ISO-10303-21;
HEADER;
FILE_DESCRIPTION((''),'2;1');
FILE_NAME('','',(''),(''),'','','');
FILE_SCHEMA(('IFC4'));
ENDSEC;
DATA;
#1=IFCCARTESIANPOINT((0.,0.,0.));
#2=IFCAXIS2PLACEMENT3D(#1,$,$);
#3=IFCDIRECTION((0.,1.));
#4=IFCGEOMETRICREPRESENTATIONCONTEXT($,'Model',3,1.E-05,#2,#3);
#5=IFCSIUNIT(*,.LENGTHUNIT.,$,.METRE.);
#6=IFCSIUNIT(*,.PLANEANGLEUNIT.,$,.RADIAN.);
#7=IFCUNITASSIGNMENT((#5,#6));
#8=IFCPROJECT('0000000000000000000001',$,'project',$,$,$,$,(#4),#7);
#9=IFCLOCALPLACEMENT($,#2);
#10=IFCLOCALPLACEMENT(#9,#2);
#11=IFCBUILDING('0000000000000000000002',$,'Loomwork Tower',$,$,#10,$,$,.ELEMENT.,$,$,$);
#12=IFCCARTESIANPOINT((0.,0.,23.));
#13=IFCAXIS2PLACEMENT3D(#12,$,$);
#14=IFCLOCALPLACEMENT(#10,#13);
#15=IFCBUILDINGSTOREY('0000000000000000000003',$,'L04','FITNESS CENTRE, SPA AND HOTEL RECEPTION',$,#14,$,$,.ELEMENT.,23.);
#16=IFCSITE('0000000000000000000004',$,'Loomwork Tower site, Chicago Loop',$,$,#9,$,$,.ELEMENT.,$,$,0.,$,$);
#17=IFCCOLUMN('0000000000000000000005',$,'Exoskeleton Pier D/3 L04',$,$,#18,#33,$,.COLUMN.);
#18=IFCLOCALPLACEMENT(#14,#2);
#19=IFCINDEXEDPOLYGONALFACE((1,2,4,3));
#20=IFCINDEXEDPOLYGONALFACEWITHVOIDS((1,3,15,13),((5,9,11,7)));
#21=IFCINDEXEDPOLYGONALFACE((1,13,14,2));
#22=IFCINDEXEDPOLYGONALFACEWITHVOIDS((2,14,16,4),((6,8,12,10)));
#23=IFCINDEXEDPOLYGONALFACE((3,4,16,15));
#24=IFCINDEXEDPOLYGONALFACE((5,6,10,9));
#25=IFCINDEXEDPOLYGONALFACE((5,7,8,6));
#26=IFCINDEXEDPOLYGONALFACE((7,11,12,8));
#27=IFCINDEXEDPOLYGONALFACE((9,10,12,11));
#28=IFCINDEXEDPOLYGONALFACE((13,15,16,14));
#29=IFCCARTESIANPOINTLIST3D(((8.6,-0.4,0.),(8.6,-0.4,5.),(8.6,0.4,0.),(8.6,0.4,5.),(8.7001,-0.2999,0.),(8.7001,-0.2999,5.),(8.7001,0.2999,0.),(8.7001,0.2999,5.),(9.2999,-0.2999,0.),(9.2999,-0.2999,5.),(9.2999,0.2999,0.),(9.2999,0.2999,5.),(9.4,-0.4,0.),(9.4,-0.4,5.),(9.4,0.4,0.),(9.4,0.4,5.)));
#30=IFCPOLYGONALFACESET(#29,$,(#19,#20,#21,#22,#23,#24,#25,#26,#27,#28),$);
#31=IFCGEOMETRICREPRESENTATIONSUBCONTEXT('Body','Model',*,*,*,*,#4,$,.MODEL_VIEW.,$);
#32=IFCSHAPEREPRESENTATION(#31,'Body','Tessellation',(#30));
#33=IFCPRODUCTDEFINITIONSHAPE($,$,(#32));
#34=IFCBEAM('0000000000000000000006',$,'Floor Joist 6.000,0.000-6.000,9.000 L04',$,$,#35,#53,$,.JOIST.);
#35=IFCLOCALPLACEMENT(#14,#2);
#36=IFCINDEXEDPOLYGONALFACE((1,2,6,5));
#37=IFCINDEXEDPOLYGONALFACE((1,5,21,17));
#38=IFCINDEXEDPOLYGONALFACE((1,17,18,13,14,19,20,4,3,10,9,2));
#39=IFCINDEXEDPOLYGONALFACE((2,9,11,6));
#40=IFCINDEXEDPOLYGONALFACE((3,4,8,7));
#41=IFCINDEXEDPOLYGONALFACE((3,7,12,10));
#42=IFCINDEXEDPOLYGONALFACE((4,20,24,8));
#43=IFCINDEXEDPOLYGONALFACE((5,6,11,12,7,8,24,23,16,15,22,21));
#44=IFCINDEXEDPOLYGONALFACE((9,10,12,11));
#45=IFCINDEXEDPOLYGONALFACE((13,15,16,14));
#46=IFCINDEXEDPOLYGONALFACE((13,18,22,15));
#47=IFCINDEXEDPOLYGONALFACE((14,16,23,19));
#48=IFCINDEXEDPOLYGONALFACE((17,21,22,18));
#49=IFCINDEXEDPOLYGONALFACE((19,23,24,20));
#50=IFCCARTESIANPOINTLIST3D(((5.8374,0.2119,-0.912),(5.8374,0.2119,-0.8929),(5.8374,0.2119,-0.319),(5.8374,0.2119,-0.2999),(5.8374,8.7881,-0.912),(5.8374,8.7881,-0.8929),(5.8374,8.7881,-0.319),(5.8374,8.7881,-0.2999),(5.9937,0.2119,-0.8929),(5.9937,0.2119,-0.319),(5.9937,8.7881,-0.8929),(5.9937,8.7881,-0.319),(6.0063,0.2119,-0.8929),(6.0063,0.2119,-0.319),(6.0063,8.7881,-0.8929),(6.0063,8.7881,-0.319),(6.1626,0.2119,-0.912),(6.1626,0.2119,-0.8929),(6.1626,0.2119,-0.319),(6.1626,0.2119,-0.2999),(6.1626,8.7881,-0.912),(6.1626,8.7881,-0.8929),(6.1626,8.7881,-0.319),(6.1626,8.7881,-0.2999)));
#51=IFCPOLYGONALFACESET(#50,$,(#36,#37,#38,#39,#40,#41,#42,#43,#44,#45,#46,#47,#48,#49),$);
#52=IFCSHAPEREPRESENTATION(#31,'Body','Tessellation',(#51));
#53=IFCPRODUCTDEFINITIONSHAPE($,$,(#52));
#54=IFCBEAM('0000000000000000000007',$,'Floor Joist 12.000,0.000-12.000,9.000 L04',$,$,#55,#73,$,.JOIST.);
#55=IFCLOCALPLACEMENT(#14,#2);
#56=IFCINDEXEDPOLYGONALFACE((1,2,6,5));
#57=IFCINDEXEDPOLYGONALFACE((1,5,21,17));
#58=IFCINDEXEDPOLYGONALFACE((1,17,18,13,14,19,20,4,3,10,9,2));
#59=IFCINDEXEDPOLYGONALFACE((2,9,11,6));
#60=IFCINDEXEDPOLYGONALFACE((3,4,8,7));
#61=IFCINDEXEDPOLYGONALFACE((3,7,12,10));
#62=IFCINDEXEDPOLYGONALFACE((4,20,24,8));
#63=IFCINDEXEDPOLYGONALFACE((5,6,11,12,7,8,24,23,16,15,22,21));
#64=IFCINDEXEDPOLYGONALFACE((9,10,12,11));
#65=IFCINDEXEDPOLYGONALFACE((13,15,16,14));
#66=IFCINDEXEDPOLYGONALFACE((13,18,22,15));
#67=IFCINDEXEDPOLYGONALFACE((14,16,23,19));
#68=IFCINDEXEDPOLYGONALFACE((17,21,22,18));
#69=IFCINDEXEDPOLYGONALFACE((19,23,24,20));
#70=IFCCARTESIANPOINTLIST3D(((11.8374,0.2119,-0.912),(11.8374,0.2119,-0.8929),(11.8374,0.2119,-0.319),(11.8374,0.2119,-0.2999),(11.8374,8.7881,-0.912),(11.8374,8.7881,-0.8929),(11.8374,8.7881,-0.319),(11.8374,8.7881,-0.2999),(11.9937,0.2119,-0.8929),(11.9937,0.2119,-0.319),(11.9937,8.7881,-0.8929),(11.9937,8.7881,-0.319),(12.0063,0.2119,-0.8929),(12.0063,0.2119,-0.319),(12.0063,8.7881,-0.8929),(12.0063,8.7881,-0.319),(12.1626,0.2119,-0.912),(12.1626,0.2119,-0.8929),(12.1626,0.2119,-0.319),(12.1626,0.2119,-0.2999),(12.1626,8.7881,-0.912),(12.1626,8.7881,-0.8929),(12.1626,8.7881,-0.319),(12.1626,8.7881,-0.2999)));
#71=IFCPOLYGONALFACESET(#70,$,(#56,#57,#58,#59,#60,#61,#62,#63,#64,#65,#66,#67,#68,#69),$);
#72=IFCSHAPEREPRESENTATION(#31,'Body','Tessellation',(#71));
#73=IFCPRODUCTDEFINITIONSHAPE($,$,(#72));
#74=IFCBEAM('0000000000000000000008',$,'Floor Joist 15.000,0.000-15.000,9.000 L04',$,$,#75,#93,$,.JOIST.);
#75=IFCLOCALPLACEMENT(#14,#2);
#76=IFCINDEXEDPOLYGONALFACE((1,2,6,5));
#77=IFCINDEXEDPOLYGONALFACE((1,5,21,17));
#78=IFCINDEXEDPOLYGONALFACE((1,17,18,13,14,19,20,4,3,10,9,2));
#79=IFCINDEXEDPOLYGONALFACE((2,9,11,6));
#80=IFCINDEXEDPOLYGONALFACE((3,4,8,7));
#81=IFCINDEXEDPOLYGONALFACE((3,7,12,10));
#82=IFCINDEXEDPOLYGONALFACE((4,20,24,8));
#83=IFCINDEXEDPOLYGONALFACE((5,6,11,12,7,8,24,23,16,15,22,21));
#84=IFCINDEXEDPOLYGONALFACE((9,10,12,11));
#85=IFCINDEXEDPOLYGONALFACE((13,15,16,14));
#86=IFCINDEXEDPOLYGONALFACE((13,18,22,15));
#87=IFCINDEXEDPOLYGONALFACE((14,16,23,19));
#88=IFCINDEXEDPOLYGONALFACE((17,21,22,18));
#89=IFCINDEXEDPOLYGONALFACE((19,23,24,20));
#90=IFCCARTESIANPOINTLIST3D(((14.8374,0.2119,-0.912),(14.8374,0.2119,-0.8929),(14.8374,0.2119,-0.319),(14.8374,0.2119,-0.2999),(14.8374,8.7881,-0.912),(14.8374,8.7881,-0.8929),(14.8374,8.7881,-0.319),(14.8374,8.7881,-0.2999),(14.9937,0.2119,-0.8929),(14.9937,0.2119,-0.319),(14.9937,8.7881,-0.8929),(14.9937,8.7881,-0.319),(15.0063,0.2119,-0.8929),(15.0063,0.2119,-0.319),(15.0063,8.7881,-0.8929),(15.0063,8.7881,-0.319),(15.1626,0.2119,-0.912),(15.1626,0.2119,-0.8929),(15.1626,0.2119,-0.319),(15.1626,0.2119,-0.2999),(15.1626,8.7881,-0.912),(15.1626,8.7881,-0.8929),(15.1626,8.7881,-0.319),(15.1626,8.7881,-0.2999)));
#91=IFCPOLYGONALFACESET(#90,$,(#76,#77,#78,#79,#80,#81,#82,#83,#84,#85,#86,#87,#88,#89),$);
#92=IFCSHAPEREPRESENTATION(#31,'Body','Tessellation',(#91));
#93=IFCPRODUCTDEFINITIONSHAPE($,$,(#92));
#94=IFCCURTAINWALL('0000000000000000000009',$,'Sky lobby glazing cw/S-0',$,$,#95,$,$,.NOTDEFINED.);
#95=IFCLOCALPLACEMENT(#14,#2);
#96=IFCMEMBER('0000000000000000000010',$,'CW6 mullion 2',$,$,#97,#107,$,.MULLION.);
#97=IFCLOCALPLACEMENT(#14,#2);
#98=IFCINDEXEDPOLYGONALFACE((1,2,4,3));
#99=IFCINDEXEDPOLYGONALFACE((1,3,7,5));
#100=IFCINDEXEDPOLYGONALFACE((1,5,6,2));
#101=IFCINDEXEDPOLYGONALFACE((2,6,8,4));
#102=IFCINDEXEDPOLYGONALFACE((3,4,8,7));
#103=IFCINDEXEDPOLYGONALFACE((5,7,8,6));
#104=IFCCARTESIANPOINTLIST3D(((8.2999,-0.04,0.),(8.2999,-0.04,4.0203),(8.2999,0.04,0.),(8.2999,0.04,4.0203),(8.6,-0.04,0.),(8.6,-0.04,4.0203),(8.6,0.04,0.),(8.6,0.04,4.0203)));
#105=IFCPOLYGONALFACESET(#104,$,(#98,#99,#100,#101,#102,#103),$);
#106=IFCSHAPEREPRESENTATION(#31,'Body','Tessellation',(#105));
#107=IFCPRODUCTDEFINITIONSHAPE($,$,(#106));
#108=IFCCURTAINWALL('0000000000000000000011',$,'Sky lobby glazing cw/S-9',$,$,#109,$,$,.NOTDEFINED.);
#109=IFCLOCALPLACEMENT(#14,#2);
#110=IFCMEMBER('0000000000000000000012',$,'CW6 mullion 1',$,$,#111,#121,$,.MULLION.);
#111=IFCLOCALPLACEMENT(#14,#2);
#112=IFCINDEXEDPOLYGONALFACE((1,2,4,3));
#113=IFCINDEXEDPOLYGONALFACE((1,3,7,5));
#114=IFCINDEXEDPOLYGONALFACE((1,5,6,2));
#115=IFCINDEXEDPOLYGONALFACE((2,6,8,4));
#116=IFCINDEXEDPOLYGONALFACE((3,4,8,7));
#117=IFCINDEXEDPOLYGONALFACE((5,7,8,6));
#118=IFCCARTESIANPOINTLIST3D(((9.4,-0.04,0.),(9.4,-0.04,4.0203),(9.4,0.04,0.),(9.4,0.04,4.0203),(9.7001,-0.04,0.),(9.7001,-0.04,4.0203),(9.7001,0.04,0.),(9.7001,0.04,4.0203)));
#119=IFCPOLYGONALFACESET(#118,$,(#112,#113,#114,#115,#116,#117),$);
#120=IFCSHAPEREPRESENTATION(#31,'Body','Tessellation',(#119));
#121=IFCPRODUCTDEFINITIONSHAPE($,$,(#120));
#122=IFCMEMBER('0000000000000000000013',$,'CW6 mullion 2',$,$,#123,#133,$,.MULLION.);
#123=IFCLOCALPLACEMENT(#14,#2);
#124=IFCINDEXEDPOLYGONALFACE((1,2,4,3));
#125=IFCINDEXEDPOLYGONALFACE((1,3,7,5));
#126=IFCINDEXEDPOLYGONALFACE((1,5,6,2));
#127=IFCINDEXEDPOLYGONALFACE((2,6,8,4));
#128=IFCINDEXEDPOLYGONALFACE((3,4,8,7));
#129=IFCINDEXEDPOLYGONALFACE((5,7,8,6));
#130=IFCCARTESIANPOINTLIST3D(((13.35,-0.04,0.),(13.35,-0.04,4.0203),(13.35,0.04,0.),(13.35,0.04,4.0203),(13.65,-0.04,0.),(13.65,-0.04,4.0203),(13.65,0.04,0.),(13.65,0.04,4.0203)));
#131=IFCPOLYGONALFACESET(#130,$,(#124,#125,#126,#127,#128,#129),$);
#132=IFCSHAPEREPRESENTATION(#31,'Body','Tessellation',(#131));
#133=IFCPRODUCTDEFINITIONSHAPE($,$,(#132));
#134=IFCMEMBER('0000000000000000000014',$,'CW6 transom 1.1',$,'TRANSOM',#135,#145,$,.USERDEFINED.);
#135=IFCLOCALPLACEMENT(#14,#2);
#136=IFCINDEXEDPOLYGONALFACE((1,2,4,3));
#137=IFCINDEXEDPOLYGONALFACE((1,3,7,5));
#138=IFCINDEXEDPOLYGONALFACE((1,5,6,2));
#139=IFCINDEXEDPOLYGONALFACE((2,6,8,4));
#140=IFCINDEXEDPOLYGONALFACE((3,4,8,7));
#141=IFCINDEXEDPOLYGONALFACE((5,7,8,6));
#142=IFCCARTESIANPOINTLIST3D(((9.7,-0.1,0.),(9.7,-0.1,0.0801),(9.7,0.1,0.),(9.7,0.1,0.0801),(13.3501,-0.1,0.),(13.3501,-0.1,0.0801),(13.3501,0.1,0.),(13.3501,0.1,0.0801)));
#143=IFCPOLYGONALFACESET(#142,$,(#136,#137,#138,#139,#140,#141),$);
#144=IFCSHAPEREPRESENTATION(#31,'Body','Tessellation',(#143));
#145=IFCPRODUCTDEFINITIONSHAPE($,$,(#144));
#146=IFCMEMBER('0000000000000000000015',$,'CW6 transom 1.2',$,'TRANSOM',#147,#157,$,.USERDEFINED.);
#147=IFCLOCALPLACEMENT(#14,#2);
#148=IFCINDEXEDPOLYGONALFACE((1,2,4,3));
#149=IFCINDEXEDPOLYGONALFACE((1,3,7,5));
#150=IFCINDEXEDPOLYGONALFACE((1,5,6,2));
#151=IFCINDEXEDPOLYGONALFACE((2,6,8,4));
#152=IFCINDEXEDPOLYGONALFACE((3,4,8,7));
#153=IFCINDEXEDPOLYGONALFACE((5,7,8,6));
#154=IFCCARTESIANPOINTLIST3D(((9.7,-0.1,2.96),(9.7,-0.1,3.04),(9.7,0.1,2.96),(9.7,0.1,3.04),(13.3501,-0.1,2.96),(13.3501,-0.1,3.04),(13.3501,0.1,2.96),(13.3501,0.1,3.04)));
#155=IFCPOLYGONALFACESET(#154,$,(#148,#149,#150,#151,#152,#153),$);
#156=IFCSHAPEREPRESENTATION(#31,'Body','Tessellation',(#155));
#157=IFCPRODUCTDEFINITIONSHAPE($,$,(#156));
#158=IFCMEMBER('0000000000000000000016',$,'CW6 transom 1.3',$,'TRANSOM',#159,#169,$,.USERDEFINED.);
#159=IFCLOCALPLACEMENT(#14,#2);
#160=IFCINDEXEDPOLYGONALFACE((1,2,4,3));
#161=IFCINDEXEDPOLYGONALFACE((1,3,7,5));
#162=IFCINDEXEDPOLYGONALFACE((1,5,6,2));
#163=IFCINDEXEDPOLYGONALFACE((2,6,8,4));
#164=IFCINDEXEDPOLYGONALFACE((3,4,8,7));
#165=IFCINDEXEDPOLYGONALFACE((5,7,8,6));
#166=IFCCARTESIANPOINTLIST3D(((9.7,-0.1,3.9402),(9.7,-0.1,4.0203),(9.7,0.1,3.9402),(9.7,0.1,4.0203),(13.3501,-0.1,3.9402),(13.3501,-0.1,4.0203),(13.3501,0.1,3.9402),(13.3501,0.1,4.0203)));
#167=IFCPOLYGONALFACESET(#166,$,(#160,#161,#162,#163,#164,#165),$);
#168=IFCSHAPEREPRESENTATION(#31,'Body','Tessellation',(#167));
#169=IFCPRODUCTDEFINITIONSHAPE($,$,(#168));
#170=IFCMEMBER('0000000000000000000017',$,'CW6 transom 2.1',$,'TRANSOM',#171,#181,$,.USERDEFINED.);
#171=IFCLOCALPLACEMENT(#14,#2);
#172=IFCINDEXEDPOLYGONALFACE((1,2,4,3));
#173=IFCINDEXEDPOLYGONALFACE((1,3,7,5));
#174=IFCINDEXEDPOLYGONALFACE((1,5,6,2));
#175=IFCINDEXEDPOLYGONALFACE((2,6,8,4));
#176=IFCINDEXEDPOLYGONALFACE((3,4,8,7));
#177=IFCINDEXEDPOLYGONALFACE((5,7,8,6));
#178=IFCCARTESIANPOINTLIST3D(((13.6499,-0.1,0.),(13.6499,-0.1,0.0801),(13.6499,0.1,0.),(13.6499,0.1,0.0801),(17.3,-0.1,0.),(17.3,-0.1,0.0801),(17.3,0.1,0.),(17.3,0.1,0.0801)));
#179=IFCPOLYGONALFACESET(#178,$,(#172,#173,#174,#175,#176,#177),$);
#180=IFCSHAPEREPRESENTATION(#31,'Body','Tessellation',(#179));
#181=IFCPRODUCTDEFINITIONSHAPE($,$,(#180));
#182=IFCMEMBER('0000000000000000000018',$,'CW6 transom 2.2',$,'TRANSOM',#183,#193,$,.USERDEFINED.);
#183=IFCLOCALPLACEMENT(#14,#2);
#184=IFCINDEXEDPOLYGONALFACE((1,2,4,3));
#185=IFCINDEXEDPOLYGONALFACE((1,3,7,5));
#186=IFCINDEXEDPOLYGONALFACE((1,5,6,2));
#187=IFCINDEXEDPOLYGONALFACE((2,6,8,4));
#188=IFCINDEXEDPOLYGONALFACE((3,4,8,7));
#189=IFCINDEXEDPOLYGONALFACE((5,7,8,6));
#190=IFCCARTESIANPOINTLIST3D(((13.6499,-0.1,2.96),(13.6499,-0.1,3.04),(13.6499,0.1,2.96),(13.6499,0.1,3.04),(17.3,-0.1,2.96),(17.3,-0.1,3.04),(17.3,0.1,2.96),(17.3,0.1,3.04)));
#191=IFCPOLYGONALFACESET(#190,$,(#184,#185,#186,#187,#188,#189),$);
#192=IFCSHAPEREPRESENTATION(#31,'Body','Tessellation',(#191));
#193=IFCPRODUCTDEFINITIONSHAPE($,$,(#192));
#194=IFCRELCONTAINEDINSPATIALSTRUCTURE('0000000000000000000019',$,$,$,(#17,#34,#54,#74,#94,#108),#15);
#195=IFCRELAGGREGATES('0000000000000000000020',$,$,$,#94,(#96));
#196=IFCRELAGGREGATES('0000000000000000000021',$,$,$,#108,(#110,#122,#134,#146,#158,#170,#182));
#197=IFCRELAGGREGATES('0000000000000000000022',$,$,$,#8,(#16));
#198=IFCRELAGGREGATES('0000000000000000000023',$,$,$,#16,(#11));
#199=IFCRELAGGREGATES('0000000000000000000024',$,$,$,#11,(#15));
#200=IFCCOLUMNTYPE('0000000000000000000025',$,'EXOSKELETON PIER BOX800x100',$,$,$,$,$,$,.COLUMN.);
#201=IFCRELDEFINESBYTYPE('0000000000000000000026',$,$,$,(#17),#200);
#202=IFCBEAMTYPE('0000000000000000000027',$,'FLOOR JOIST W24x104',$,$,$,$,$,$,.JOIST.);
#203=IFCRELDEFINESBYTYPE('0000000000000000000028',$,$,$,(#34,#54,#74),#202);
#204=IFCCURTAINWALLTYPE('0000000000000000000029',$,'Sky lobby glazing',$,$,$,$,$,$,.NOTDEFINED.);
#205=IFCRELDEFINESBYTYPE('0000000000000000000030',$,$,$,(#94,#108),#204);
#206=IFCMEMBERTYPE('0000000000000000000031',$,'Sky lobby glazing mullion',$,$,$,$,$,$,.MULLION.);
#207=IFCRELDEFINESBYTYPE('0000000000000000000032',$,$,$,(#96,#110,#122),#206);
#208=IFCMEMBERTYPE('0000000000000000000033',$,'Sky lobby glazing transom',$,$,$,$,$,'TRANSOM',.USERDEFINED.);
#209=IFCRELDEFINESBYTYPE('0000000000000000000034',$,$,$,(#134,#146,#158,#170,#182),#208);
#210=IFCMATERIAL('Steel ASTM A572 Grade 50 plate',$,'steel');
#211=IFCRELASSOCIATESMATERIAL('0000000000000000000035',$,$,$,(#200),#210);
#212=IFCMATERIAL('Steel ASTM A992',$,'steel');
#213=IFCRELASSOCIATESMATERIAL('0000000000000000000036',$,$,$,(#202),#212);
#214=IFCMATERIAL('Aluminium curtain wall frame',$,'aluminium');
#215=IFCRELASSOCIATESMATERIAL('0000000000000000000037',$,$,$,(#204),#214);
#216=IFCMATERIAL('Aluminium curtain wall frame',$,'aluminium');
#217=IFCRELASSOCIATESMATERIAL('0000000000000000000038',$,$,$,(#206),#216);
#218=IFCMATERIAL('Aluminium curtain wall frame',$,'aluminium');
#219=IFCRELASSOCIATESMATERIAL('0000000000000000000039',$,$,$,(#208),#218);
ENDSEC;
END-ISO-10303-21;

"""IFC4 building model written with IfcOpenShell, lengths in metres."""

from ifc_helpers import new_model, si_unit, direction, frame, origin, origin_2d, place, context, subcontext, project, spatial, rectangle, hollow_rectangle, i_section, extrude, material, material_profile, profile_set, type_object, element, aggregate, save


model = new_model("IFC4")

# Units and contexts
model_context = context("Model", 3, precision=1e-05, world=origin(), true_north=direction((0.0, 1.0)))
body_context = subcontext(model_context, "Body", "Model", "MODEL_VIEW")
ifc_project = project(units=[si_unit("LENGTHUNIT", "METRE"), si_unit("PLANEANGLEUNIT", "RADIAN")], contexts=[model_context])

# Site, building, storey
site_placement = place(None, origin())
site = spatial("IfcSite", under=ifc_project, at=site_placement, Name="Loomwork Tower site, Chicago Loop", CompositionType="ELEMENT", RefElevation=0.0)
building_placement = place(site_placement, origin())
building = spatial("IfcBuilding", under=site, at=building_placement, Name="Loomwork Tower", CompositionType="ELEMENT")
storey_placement = place(building_placement, frame((0.0, 0.0, 23.0)))
storey = spatial("IfcBuildingStorey", under=building, at=storey_placement, Name="L04", Description="FITNESS CENTRE, SPA AND HOTEL RECEPTION", CompositionType="ELEMENT", Elevation=23.0)

# Column
ifc_material_1 = material(Name="Steel ASTM A572 Grade 50 plate", Category="steel")
ifc_material_profile_1 = material_profile(ifc_material_1, hollow_rectangle(XDim=0.8, YDim=0.8, WallThickness=0.1001, at=origin_2d()), Name="BOX800x100")
ifc_profile_set_1 = profile_set([ifc_material_profile_1], Name="Steel ASTM A572 Grade 50 plate")
column_type = type_object("IfcColumnType", Name="EXOSKELETON PIER BOX800x100", PredefinedType="COLUMN", material=ifc_profile_set_1)
column_placement = place(storey_placement, frame((9.0, 0.0, 0.0), z_axis=(0.0, 0.0, 1.0), x_axis=(1.0, 0.0, 0.0)))
element("IfcColumn", 1, at=column_placement, inside=storey, type_object=column_type, Name="Exoskeleton Pier D/3 L04", PredefinedType="COLUMN", context=body_context, shape_type="SweptSolid", body=[
    extrude(hollow_rectangle(XDim=0.8, YDim=0.8, WallThickness=0.1001, at=origin_2d()), origin(), (0.0, 0.0, 1.0), 5.0),
])

# Beams
ifc_material_2 = material(Name="Steel ASTM A992", Category="steel")
ifc_material_profile_2 = material_profile(ifc_material_2, i_section(OverallWidth=0.3252, OverallDepth=0.6121, WebThickness=0.0127, FlangeThickness=0.019, at=origin_2d()), Name="W24x104")
ifc_profile_set_2 = profile_set([ifc_material_profile_2], Name="Steel ASTM A992")
beam_type_1 = type_object("IfcBeamType", Name="FLOOR JOIST W24x104", PredefinedType="JOIST", material=ifc_profile_set_2)
for number, where, z_axis, x_axis, name in (
    (2, (6.0, 0.2119, -0.606), (0.0, 1.0, 0.0), (-1.0, 0.0, 0.0), "Floor Joist 6.000,0.000-6.000,9.000 L04"),
    (3, (12.0, 0.2119, -0.606), (0.0, 1.0, 0.0), (-1.0, 0.0, 0.0), "Floor Joist 12.000,0.000-12.000,9.000 L04"),
    (4, (15.0, 0.2119, -0.606), (0.0, 1.0, 0.0), (-1.0, 0.0, 0.0), "Floor Joist 15.000,0.000-15.000,9.000 L04"),
):
    element("IfcBeam", number, at=place(storey_placement, frame(where, z_axis=z_axis, x_axis=x_axis)), inside=storey, type_object=beam_type_1, Name=name, PredefinedType="JOIST", context=body_context, shape_type="SweptSolid", body=[
        extrude(i_section(OverallWidth=0.3252, OverallDepth=0.6121, WebThickness=0.0127, FlangeThickness=0.019, at=origin_2d()), origin(), (0.0, 0.0, 1.0), 8.5762),
    ])

# Curtain wall, member
ifc_material_3 = material(Name="Aluminium curtain wall frame", Category="aluminium")
curtain_wall_type = type_object("IfcCurtainWallType", Name="Sky lobby glazing", PredefinedType="NOTDEFINED", material=ifc_material_3)
curtain_wall_1_placement = place(storey_placement, origin())
curtain_wall_1 = element("IfcCurtainWall", 5, at=curtain_wall_1_placement, inside=storey, type_object=curtain_wall_type, Name="Sky lobby glazing cw/S-0", PredefinedType="NOTDEFINED")
ifc_material_4 = material(Name="Aluminium curtain wall frame", Category="aluminium")
ifc_material_profile_3 = material_profile(ifc_material_4, rectangle(XDim=0.0801, YDim=0.3, at=origin_2d()), Name="AL 80x300")
ifc_profile_set_3 = profile_set([ifc_material_profile_3], Name="Aluminium curtain wall frame")
member_type_1 = type_object("IfcMemberType", Name="Sky lobby glazing mullion", PredefinedType="MULLION", material=ifc_profile_set_3)
member_1_placement = place(storey_placement, frame((8.45, 0.0, 0.0), z_axis=(0.0, 0.0, 1.0), x_axis=(0.0, 1.0, 0.0)))
member_1 = element("IfcMember", 6, at=member_1_placement, type_object=member_type_1, Name="CW6 mullion 2", PredefinedType="MULLION", context=body_context, shape_type="SweptSolid", body=[
    extrude(rectangle(XDim=0.0801, YDim=0.3, at=origin_2d()), origin(), (0.0, 0.0, 1.0), 4.0203),
])

# Curtain wall, members
curtain_wall_2_placement = place(storey_placement, origin())
curtain_wall_2 = element("IfcCurtainWall", 7, at=curtain_wall_2_placement, inside=storey, type_object=curtain_wall_type, Name="Sky lobby glazing cw/S-9", PredefinedType="NOTDEFINED")
member_2_placement = place(storey_placement, frame((9.55, 0.0, 0.0), z_axis=(0.0, 0.0, 1.0), x_axis=(0.0, 1.0, 0.0)))
member_2 = element("IfcMember", 8, at=member_2_placement, type_object=member_type_1, Name="CW6 mullion 1", PredefinedType="MULLION", context=body_context, shape_type="SweptSolid", body=[
    extrude(rectangle(XDim=0.0801, YDim=0.3, at=origin_2d()), origin(), (0.0, 0.0, 1.0), 4.0203),
])
member_3_placement = place(storey_placement, frame((13.5, 0.0, 0.0), z_axis=(0.0, 0.0, 1.0), x_axis=(0.0, 1.0, 0.0)))
member_3 = element("IfcMember", 9, at=member_3_placement, type_object=member_type_1, Name="CW6 mullion 2", PredefinedType="MULLION", context=body_context, shape_type="SweptSolid", body=[
    extrude(rectangle(XDim=0.0801, YDim=0.3, at=origin_2d()), origin(), (0.0, 0.0, 1.0), 4.0203),
])
ifc_material_5 = material(Name="Aluminium curtain wall frame", Category="aluminium")
ifc_material_profile_4 = material_profile(ifc_material_5, rectangle(XDim=0.2, YDim=0.0801, at=origin_2d()), Name="AL 80x200")
ifc_profile_set_4 = profile_set([ifc_material_profile_4], Name="Aluminium curtain wall frame")
member_type_2 = type_object("IfcMemberType", Name="Sky lobby glazing transom", ElementType="TRANSOM", PredefinedType="USERDEFINED", material=ifc_profile_set_4)
member_4_placement = place(storey_placement, frame((9.7, 0.0, 0.04), z_axis=(1.0, 0.0, 0.0), x_axis=(0.0, 1.0, 0.0)))
member_4 = element("IfcMember", 10, at=member_4_placement, type_object=member_type_2, Name="CW6 transom 1.1", ObjectType="TRANSOM", PredefinedType="USERDEFINED", context=body_context, shape_type="SweptSolid", body=[
    extrude(rectangle(XDim=0.2, YDim=0.0801, at=origin_2d()), origin(), (0.0, 0.0, 1.0), 3.6501),
])
member_5_placement = place(storey_placement, frame((9.7, 0.0, 3.0), z_axis=(1.0, 0.0, 0.0), x_axis=(0.0, 1.0, 0.0)))
member_5 = element("IfcMember", 11, at=member_5_placement, type_object=member_type_2, Name="CW6 transom 1.2", ObjectType="TRANSOM", PredefinedType="USERDEFINED", context=body_context, shape_type="SweptSolid", body=[
    extrude(rectangle(XDim=0.2, YDim=0.0801, at=origin_2d()), origin(), (0.0, 0.0, 1.0), 3.6501),
])
member_6_placement = place(storey_placement, frame((9.7, 0.0, 3.9802), z_axis=(1.0, 0.0, 0.0), x_axis=(0.0, 1.0, 0.0)))
member_6 = element("IfcMember", 12, at=member_6_placement, type_object=member_type_2, Name="CW6 transom 1.3", ObjectType="TRANSOM", PredefinedType="USERDEFINED", context=body_context, shape_type="SweptSolid", body=[
    extrude(rectangle(XDim=0.2, YDim=0.0801, at=origin_2d()), origin(), (0.0, 0.0, 1.0), 3.6501),
])
member_7_placement = place(storey_placement, frame((13.6499, 0.0, 0.04), z_axis=(1.0, 0.0, 0.0), x_axis=(0.0, 1.0, 0.0)))
member_7 = element("IfcMember", 13, at=member_7_placement, type_object=member_type_2, Name="CW6 transom 2.1", ObjectType="TRANSOM", PredefinedType="USERDEFINED", context=body_context, shape_type="SweptSolid", body=[
    extrude(rectangle(XDim=0.2, YDim=0.0801, at=origin_2d()), origin(), (0.0, 0.0, 1.0), 3.6501),
])
member_8_placement = place(storey_placement, frame((13.6499, 0.0, 3.0), z_axis=(1.0, 0.0, 0.0), x_axis=(0.0, 1.0, 0.0)))
member_8 = element("IfcMember", 14, at=member_8_placement, type_object=member_type_2, Name="CW6 transom 2.2", ObjectType="TRANSOM", PredefinedType="USERDEFINED", context=body_context, shape_type="SweptSolid", body=[
    extrude(rectangle(XDim=0.2, YDim=0.0801, at=origin_2d()), origin(), (0.0, 0.0, 1.0), 3.6501),
])

aggregate(curtain_wall_1, [member_1])
aggregate(curtain_wall_2, [member_2, member_3, member_4, member_5, member_6, member_7, member_8])

save(model, "model.ifc")
